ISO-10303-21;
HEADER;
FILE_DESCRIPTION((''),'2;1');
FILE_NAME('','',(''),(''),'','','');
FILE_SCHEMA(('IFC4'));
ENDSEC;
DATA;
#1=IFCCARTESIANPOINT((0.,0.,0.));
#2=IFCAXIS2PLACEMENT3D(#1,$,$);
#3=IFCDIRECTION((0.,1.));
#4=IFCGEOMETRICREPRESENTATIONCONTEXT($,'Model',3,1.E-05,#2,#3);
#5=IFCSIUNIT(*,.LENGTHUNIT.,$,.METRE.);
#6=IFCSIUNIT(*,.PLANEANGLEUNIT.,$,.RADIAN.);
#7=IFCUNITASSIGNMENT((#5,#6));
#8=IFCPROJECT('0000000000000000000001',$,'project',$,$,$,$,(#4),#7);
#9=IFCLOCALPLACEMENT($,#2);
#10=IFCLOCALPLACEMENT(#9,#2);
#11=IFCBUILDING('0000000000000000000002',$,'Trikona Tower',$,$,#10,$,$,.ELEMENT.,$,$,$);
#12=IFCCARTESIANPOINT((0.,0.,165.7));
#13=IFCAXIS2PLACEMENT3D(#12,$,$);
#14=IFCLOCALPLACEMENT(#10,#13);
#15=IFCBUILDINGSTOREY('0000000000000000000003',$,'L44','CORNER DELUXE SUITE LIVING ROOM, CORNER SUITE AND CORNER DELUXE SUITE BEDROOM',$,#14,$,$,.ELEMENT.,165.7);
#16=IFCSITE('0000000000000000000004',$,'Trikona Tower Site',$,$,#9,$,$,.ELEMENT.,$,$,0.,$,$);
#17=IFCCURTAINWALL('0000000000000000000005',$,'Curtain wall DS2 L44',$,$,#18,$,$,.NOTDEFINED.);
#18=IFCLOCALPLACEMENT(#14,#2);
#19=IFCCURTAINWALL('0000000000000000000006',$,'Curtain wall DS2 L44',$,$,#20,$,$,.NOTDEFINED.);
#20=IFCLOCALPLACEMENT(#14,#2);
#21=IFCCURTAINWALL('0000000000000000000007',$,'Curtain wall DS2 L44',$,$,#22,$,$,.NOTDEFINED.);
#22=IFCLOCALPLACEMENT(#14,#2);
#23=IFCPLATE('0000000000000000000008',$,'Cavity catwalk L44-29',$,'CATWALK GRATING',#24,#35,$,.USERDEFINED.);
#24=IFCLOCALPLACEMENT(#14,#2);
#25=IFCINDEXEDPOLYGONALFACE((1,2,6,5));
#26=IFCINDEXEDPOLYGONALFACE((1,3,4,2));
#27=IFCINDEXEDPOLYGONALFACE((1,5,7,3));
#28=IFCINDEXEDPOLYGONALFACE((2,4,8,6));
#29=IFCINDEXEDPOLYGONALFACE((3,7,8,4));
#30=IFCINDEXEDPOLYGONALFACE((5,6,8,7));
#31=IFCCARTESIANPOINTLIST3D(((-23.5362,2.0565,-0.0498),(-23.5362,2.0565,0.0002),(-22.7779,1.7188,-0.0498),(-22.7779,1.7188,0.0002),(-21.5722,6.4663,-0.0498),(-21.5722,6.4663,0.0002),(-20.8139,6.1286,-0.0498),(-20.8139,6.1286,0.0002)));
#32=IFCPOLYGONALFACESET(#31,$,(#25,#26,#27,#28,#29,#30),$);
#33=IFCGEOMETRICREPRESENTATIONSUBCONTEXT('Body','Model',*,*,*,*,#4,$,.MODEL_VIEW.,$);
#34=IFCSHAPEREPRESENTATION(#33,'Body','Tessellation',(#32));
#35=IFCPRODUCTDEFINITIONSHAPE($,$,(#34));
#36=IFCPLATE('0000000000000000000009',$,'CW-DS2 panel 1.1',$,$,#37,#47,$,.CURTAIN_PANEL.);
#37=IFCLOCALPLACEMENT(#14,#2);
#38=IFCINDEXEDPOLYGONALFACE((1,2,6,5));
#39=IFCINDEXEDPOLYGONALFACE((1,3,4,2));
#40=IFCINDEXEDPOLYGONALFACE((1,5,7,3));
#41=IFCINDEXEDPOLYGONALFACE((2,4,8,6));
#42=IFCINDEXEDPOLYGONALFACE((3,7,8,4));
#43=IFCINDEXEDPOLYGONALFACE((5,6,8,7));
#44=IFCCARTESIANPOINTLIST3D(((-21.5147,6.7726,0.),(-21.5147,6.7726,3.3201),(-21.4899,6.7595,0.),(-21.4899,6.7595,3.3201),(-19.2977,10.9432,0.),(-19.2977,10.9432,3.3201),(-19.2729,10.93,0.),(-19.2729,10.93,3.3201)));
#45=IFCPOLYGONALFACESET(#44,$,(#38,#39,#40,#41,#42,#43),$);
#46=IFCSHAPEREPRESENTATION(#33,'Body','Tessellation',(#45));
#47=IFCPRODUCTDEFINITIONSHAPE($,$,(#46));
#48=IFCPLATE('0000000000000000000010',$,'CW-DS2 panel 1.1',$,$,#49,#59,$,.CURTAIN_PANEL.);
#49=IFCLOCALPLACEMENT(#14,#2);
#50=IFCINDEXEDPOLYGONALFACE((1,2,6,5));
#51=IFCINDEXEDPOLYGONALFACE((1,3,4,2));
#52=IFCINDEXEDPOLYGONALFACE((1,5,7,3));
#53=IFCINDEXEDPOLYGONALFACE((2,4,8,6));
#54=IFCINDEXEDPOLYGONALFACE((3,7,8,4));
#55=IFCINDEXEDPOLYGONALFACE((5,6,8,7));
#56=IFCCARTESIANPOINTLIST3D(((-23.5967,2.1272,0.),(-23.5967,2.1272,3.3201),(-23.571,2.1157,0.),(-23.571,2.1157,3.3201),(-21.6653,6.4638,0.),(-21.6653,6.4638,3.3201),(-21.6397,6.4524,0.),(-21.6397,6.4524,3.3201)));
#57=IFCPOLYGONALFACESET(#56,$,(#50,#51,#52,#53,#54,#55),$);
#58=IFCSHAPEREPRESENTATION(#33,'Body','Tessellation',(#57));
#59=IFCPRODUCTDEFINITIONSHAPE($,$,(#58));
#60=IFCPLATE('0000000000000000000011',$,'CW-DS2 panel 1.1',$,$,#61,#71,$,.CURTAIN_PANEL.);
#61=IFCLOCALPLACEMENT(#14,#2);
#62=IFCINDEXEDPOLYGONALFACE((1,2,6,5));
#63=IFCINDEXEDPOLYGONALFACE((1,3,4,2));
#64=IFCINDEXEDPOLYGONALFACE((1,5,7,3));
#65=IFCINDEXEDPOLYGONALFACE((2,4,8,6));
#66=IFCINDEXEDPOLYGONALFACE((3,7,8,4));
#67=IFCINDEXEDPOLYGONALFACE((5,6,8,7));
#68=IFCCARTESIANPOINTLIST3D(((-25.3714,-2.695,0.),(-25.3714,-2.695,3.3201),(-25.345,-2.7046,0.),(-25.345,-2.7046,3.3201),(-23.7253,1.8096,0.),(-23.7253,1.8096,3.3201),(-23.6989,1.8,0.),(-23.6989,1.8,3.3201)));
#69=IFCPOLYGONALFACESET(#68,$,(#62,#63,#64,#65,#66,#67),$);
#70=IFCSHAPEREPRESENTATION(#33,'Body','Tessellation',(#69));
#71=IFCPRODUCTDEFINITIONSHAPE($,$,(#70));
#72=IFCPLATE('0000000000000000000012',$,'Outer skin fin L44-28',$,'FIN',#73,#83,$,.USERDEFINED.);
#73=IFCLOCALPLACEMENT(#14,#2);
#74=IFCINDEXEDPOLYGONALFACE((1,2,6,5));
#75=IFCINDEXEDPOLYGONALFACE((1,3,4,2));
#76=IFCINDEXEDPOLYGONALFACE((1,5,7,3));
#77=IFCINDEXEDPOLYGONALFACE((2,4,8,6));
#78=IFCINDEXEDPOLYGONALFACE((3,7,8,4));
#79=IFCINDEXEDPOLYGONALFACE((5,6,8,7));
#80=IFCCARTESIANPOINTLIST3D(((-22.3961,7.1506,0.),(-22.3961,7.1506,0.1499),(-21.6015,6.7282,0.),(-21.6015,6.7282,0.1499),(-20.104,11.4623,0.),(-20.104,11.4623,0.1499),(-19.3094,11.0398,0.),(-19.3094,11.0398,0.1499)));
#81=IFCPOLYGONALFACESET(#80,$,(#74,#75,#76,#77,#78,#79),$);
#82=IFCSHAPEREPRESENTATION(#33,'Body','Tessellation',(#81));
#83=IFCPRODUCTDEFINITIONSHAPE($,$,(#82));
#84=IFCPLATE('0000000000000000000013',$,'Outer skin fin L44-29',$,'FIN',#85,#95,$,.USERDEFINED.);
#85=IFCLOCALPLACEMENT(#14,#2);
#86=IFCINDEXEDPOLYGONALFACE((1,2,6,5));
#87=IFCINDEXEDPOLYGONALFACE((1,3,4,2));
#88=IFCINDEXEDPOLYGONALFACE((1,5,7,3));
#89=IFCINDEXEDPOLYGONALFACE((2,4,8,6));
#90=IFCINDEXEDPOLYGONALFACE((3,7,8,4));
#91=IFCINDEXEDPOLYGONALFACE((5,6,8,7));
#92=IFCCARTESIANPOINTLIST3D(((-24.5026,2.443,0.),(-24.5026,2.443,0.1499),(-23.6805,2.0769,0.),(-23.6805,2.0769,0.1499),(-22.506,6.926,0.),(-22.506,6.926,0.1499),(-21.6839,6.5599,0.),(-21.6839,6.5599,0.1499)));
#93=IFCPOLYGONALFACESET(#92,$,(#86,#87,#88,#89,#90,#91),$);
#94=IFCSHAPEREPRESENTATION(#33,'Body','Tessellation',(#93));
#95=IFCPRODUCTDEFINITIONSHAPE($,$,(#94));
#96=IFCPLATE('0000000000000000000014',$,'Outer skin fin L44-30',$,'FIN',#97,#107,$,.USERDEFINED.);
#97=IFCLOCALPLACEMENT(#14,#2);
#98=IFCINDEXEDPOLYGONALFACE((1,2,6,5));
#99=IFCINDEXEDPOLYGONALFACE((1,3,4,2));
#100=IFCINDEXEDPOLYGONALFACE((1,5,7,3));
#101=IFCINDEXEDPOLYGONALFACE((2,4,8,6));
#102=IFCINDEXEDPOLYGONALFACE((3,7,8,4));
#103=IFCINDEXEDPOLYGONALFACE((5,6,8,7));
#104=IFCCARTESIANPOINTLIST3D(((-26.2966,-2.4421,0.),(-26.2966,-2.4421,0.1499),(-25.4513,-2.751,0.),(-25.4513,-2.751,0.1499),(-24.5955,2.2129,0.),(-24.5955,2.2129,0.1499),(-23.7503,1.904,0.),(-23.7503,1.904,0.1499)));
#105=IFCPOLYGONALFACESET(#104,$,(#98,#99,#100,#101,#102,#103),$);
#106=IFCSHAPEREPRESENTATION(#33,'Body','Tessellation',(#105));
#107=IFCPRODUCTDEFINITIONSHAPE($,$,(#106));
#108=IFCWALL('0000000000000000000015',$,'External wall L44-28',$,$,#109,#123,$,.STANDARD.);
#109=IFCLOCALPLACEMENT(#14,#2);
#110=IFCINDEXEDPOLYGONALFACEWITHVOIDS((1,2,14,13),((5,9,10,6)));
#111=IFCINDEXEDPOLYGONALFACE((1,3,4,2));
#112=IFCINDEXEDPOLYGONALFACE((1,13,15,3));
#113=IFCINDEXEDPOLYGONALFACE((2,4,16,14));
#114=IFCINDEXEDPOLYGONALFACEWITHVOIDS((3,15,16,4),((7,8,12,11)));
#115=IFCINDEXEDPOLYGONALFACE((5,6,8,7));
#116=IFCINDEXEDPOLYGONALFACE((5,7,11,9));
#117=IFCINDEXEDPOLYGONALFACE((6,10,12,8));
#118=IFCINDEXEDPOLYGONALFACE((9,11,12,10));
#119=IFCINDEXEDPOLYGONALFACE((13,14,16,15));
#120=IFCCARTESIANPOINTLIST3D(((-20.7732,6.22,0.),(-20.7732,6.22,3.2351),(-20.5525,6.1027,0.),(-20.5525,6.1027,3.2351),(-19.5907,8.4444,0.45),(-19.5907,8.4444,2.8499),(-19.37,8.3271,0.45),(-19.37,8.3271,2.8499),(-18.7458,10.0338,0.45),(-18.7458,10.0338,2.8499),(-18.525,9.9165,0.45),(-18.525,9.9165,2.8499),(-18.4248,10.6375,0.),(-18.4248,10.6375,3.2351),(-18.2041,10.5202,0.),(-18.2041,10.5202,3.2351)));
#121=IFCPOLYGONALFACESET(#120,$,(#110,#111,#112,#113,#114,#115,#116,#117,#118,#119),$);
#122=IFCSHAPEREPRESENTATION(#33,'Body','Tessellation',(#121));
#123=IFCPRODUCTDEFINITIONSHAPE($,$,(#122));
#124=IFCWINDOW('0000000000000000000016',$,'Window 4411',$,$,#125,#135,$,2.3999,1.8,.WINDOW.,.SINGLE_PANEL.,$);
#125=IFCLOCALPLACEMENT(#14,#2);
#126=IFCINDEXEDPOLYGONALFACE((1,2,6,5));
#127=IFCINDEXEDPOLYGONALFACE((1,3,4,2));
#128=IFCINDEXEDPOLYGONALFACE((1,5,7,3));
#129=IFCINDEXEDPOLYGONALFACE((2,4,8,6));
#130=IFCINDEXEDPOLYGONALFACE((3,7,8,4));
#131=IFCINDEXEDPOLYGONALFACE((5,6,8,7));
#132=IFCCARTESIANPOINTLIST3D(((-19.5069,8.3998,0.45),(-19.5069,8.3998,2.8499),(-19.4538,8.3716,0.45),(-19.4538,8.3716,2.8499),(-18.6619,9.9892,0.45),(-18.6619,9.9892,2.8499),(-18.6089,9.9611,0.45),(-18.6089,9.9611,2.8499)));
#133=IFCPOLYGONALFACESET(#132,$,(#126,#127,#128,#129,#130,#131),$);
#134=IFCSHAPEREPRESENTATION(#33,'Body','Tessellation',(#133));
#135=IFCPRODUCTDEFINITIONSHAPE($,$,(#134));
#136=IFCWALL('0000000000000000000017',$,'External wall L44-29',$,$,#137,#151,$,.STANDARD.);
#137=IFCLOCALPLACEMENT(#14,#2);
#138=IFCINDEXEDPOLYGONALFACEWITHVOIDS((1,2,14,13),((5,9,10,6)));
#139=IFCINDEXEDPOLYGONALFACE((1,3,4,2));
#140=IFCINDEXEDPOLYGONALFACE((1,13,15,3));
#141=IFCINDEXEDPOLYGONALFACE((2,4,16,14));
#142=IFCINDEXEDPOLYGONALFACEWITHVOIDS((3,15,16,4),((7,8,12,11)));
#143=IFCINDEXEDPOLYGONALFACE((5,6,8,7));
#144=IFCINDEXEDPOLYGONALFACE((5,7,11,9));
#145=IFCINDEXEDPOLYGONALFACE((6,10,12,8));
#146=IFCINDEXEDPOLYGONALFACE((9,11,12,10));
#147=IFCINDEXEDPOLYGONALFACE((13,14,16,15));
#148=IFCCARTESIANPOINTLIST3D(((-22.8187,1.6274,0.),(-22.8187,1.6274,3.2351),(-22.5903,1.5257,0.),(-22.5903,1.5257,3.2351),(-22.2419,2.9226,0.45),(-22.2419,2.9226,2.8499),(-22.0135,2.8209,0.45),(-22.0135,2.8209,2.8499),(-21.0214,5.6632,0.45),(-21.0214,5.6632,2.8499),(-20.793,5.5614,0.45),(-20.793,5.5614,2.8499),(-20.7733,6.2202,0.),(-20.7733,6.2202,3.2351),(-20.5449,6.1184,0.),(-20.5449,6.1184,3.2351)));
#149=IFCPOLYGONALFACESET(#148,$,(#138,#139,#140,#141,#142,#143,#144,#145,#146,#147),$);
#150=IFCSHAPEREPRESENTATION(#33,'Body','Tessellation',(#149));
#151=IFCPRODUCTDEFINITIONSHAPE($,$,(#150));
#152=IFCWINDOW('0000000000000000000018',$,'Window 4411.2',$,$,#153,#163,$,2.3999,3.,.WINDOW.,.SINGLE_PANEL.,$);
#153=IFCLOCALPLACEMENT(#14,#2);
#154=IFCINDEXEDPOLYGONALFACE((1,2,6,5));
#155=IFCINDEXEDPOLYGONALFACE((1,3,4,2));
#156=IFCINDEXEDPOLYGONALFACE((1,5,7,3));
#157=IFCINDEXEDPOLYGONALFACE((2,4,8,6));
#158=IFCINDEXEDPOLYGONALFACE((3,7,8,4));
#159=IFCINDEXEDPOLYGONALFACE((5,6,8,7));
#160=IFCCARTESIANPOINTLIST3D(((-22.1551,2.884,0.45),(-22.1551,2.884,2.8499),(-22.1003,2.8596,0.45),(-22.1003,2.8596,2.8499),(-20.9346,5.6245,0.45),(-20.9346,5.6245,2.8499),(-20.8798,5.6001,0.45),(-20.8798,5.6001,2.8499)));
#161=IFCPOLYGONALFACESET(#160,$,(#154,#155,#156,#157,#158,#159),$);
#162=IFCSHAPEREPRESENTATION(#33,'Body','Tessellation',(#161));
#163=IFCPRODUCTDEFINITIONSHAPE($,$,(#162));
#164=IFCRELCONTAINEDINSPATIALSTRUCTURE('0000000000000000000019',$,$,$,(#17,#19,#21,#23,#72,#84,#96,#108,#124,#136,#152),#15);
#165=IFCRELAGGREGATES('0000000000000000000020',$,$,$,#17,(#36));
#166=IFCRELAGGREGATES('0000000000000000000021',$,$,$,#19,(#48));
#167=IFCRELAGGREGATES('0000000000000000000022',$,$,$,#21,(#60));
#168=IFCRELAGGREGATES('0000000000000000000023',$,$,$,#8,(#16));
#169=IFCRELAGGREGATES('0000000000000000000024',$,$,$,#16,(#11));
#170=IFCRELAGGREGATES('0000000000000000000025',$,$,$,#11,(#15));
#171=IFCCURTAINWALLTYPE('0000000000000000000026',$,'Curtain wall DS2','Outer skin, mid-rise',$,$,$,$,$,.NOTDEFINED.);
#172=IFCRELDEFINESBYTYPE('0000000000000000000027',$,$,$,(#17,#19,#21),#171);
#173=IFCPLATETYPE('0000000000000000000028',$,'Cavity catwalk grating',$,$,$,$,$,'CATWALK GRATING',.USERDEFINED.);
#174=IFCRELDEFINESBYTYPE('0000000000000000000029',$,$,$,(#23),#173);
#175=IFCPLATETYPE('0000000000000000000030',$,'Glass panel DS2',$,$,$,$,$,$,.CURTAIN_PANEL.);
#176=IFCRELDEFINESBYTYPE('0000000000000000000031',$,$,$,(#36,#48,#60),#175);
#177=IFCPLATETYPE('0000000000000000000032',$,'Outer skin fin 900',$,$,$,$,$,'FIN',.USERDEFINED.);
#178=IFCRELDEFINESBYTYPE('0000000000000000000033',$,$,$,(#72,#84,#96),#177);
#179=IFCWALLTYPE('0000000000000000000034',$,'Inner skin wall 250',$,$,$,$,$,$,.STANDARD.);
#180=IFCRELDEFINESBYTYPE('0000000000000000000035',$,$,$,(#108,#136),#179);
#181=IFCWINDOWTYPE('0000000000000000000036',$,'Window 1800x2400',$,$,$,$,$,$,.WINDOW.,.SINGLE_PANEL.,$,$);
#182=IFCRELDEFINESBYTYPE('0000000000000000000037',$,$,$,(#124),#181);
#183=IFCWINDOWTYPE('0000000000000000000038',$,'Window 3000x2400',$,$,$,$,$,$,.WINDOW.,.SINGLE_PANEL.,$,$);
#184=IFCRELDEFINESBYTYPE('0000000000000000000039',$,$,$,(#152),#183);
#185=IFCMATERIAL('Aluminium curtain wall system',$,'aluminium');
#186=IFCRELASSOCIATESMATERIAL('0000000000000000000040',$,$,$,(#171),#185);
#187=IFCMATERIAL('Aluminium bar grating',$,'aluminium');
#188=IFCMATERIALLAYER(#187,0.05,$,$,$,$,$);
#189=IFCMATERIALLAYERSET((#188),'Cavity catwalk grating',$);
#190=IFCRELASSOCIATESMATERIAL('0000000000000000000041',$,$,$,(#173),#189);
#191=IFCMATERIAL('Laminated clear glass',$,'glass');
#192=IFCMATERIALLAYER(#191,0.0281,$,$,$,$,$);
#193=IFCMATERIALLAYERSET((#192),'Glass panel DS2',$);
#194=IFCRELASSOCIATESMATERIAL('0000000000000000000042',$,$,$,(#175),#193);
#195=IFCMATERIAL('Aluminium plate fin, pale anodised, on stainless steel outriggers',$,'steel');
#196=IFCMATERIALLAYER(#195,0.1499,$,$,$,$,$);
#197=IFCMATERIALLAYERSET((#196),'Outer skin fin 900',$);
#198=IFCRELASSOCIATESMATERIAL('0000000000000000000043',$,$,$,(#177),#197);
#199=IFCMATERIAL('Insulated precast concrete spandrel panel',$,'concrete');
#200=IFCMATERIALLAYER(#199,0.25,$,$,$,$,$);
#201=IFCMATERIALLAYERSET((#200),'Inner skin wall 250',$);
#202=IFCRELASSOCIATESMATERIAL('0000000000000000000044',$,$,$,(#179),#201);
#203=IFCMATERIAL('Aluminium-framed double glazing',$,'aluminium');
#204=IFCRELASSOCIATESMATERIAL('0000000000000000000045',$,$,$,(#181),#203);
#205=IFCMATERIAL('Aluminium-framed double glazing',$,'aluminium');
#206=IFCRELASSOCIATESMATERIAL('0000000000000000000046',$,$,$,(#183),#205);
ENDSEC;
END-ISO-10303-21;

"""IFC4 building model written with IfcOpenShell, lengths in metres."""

from ifc_helpers import new_model, si_unit, direction, frame, frame_2d, origin, origin_2d, place, context, subcontext, project, spatial, rectangle, extrude, material, layer, layer_set, type_object, element, fill, aggregate, save


model = new_model("IFC4")

# Units and contexts
model_context = context("Model", 3, precision=1e-05, world=origin(), true_north=direction((0.0, 1.0)))
body_context = subcontext(model_context, "Body", "Model", "MODEL_VIEW")
ifc_project = project(units=[si_unit("LENGTHUNIT", "METRE"), si_unit("PLANEANGLEUNIT", "RADIAN")], contexts=[model_context])

# Site, building, storey
site_placement = place(None, origin())
site = spatial("IfcSite", under=ifc_project, at=site_placement, Name="Trikona Tower Site", CompositionType="ELEMENT", RefElevation=0.0)
building_placement = place(site_placement, origin())
building = spatial("IfcBuilding", under=site, at=building_placement, Name="Trikona Tower", CompositionType="ELEMENT")
storey_placement = place(building_placement, frame((0.0, 0.0, 165.7)))
storey = spatial("IfcBuildingStorey", under=building, at=storey_placement, Name="L44", Description="CORNER DELUXE SUITE LIVING ROOM, CORNER SUITE AND CORNER DELUXE SUITE BEDROOM", CompositionType="ELEMENT", Elevation=165.7)

# Shared definitions
ifc_material_1 = material(Name="Aluminium curtain wall system", Category="aluminium")
curtain_wall_type = type_object("IfcCurtainWallType", Name="Curtain wall DS2", Description="Outer skin, mid-rise", PredefinedType="NOTDEFINED", material=ifc_material_1)

# Curtain walls
curtain_wall_1_placement = place(storey_placement, origin())
curtain_wall_1 = element("IfcCurtainWall", 1, at=curtain_wall_1_placement, inside=storey, type_object=curtain_wall_type, Name="Curtain wall DS2 L44", PredefinedType="NOTDEFINED")
curtain_wall_2_placement = place(storey_placement, origin())
curtain_wall_2 = element("IfcCurtainWall", 2, at=curtain_wall_2_placement, inside=storey, type_object=curtain_wall_type, Name="Curtain wall DS2 L44", PredefinedType="NOTDEFINED")

# Curtain wall
curtain_wall_3_placement = place(storey_placement, origin())
curtain_wall_3 = element("IfcCurtainWall", 3, at=curtain_wall_3_placement, inside=storey, type_object=curtain_wall_type, Name="Curtain wall DS2 L44", PredefinedType="NOTDEFINED")

# Plate
ifc_material_2 = material(Name="Aluminium bar grating", Category="aluminium")
ifc_layer_1 = layer(ifc_material_2, 0.05)
ifc_layer_set_1 = layer_set([ifc_layer_1], Name="Cavity catwalk grating")
plate_type_1 = type_object("IfcPlateType", Name="Cavity catwalk grating", ElementType="CATWALK GRATING", PredefinedType="USERDEFINED", material=ifc_layer_set_1)
plate_1_placement = place(storey_placement, frame((-22.175, 4.0925, -0.0498), z_axis=(0.0, 0.0, 1.0), x_axis=(-0.406843, -0.913498, 0.0)))
element("IfcPlate", 4, at=plate_1_placement, inside=storey, type_object=plate_type_1, Name="Cavity catwalk L44-29", ObjectType="CATWALK GRATING", PredefinedType="USERDEFINED", context=body_context, shape_type="SweptSolid", body=[
    extrude(rectangle(XDim=4.8274, YDim=0.8301, at=origin_2d()), origin(), (0.0, 0.0, 1.0), 0.05),
])

# Plates
ifc_material_3 = material(Name="Laminated clear glass", Category="glass")
ifc_layer_2 = layer(ifc_material_3, 0.0281)
ifc_layer_set_2 = layer_set([ifc_layer_2], Name="Glass panel DS2")
plate_type_2 = type_object("IfcPlateType", Name="Glass panel DS2", PredefinedType="CURTAIN_PANEL", material=ifc_layer_set_2)
plate_2_placement = place(storey_placement, frame((-20.3938, 8.8513, 0.0), z_axis=(0.0, 0.0, 1.0), x_axis=(-0.46938, -0.882996, 0.0)))
plate_2 = element("IfcPlate", 5, at=plate_2_placement, type_object=plate_type_2, Name="CW-DS2 panel 1.1", PredefinedType="CURTAIN_PANEL", context=body_context, shape_type="SweptSolid", body=[
    extrude(rectangle(XDim=4.7231, YDim=0.0281, at=origin_2d()), origin(), (0.0, 0.0, 1.0), 3.3201),
])
aggregate(curtain_wall_1, [plate_2])
plate_3_placement = place(storey_placement, frame((-22.6182, 4.2898, 0.0), z_axis=(0.0, 0.0, 1.0), x_axis=(-0.406836, -0.913501, 0.0)))
plate_3 = element("IfcPlate", 6, at=plate_3_placement, type_object=plate_type_2, Name="CW-DS2 panel 1.1", PredefinedType="CURTAIN_PANEL", context=body_context, shape_type="SweptSolid", body=[
    extrude(rectangle(XDim=4.7473, YDim=0.0281, at=origin_2d()), origin(), (0.0, 0.0, 1.0), 3.3201),
])
aggregate(curtain_wall_2, [plate_3])
plate_4_placement = place(storey_placement, frame((-24.5352, -0.4475, 0.0), z_axis=(0.0, 0.0, 1.0), x_axis=(-0.343223, -0.939254, 0.0)))
plate_4 = element("IfcPlate", 7, at=plate_4_placement, type_object=plate_type_2, Name="CW-DS2 panel 1.1", PredefinedType="CURTAIN_PANEL", context=body_context, shape_type="SweptSolid", body=[
    extrude(rectangle(XDim=4.7959, YDim=0.0281, at=origin_2d()), origin(), (0.0, 0.0, 1.0), 3.3201),
])
aggregate(curtain_wall_3, [plate_4])

# Plates
ifc_material_4 = material(Name="Aluminium plate fin, pale anodised, on stainless steel outriggers", Category="steel")
ifc_layer_3 = layer(ifc_material_4, 0.1499)
ifc_layer_set_3 = layer_set([ifc_layer_3], Name="Outer skin fin 900")
plate_type_3 = type_object("IfcPlateType", Name="Outer skin fin 900", ElementType="FIN", PredefinedType="USERDEFINED", material=ifc_layer_set_3)
plate_5_placement = place(storey_placement, frame((-20.8528, 9.0952, 0.0), z_axis=(0.0, 0.0, 1.0), x_axis=(-0.469398, -0.882987, 0.0)))
element("IfcPlate", 8, at=plate_5_placement, inside=storey, type_object=plate_type_3, Name="Outer skin fin L44-28", ObjectType="FIN", PredefinedType="USERDEFINED", context=body_context, shape_type="SweptSolid", body=[
    extrude(rectangle(XDim=4.8831, YDim=0.8999, at=origin_2d()), origin(), (0.0, 0.0, 1.0), 0.1499),
])
plate_6_placement = place(storey_placement, frame((-23.0933, 4.5015, 0.0), z_axis=(0.0, 0.0, 1.0), x_axis=(-0.406843, -0.913498, 0.0)))
element("IfcPlate", 9, at=plate_6_placement, inside=storey, type_object=plate_type_3, Name="Outer skin fin L44-29", ObjectType="FIN", PredefinedType="USERDEFINED", context=body_context, shape_type="SweptSolid", body=[
    extrude(rectangle(XDim=4.9075, YDim=0.8999, at=origin_2d()), origin(), (0.0, 0.0, 1.0), 0.1499),
])
plate_7_placement = place(storey_placement, frame((-25.0234, -0.269, 0.0), z_axis=(0.0, 0.0, 1.0), x_axis=(-0.34322, -0.939255, 0.0)))
element("IfcPlate", 10, at=plate_7_placement, inside=storey, type_object=plate_type_3, Name="Outer skin fin L44-30", ObjectType="FIN", PredefinedType="USERDEFINED", context=body_context, shape_type="SweptSolid", body=[
    extrude(rectangle(XDim=4.9561, YDim=0.8999, at=origin_2d()), origin(), (0.0, 0.0, 1.0), 0.1499),
])

# Walls, openings, windows
ifc_material_5 = material(Name="Insulated precast concrete spandrel panel", Category="concrete")
ifc_layer_4 = layer(ifc_material_5, 0.25)
ifc_layer_set_4 = layer_set([ifc_layer_4], Name="Inner skin wall 250")
wall_type = type_object("IfcWallType", Name="Inner skin wall 250", PredefinedType="STANDARD", material=ifc_layer_set_4)
wall_1_placement = place(storey_placement, frame((-18.3145, 10.5789, 0.0), z_axis=(0.0, 0.0, 1.0), x_axis=(-0.469405, -0.882983, 0.0)))
wall_1 = element("IfcWall", 11, at=wall_1_placement, inside=storey, type_object=wall_type, Name="External wall L44-28", PredefinedType="STANDARD", context=body_context, shape_type="SweptSolid", body=[
    extrude(rectangle(XDim=5.0029, YDim=0.25, at=frame_2d((2.5015, 0.0))), origin(), (0.0, 0.0, 1.0), 3.2351),
])
opening_1_placement = place(wall_1_placement, frame((0.6838, 0.0, 0.45)))
opening_1 = element("IfcOpeningElement", 12, at=opening_1_placement, cuts=wall_1, PredefinedType="OPENING", context=body_context, shape_type="SweptSolid", body=[
    extrude(rectangle(XDim=1.8, YDim=2.3999, at=frame_2d((0.8999, 1.2))), frame((0.0, 0.135, 0.0), z_axis=(0.0, -1.0, 0.0), x_axis=(1.0, 0.0, 0.0)), (0.0, 0.0, 1.0), 0.27),
])
ifc_material_6 = material(Name="Aluminium-framed double glazing", Category="aluminium")
window_type_1 = type_object("IfcWindowType", Name="Window 1800x2400", PartitioningType="SINGLE_PANEL", PredefinedType="WINDOW", material=ifc_material_6)
window_1_placement = place(opening_1_placement, origin())
window_1 = element("IfcWindow", 13, at=window_1_placement, inside=storey, type_object=window_type_1, Name="Window 4411", OverallHeight=2.3999, OverallWidth=1.8, PartitioningType="SINGLE_PANEL", PredefinedType="WINDOW", context=body_context, shape_type="SweptSolid", body=[
    extrude(rectangle(XDim=1.8, YDim=2.3999, at=frame_2d((0.8999, 1.2))), frame((0.0, 0.03, 0.0), z_axis=(0.0, -1.0, 0.0), x_axis=(1.0, 0.0, 0.0)), (0.0, 0.0, 1.0), 0.0601),
])
fill(opening_1, window_1)
wall_2_placement = place(storey_placement, frame((-20.6592, 6.1692, 0.0), z_axis=(0.0, 0.0, 1.0), x_axis=(-0.406832, -0.913503, 0.0)))
wall_2 = element("IfcWall", 14, at=wall_2_placement, inside=storey, type_object=wall_type, Name="External wall L44-29", PredefinedType="STANDARD", context=body_context, shape_type="SweptSolid", body=[
    extrude(rectangle(XDim=5.0276, YDim=0.25, at=frame_2d((2.5137, 0.0))), origin(), (0.0, 0.0, 1.0), 3.2351),
])
opening_2_placement = place(wall_2_placement, frame((0.6096, 0.0, 0.45)))
opening_2 = element("IfcOpeningElement", 15, at=opening_2_placement, cuts=wall_2, PredefinedType="OPENING", context=body_context, shape_type="SweptSolid", body=[
    extrude(rectangle(XDim=3.0, YDim=2.3999, at=frame_2d((1.5, 1.2))), frame((0.0, 0.135, 0.0), z_axis=(0.0, -1.0, 0.0), x_axis=(1.0, 0.0, 0.0)), (0.0, 0.0, 1.0), 0.27),
])
ifc_material_7 = material(Name="Aluminium-framed double glazing", Category="aluminium")
window_type_2 = type_object("IfcWindowType", Name="Window 3000x2400", PartitioningType="SINGLE_PANEL", PredefinedType="WINDOW", material=ifc_material_7)
window_2_placement = place(opening_2_placement, origin())
window_2 = element("IfcWindow", 16, at=window_2_placement, inside=storey, type_object=window_type_2, Name="Window 4411.2", OverallHeight=2.3999, OverallWidth=3.0, PartitioningType="SINGLE_PANEL", PredefinedType="WINDOW", context=body_context, shape_type="SweptSolid", body=[
    extrude(rectangle(XDim=3.0, YDim=2.3999, at=frame_2d((1.5, 1.2))), frame((0.0, 0.03, 0.0), z_axis=(0.0, -1.0, 0.0), x_axis=(1.0, 0.0, 0.0)), (0.0, 0.0, 1.0), 0.0601),
])
fill(opening_2, window_2)

save(model, "model.ifc")
